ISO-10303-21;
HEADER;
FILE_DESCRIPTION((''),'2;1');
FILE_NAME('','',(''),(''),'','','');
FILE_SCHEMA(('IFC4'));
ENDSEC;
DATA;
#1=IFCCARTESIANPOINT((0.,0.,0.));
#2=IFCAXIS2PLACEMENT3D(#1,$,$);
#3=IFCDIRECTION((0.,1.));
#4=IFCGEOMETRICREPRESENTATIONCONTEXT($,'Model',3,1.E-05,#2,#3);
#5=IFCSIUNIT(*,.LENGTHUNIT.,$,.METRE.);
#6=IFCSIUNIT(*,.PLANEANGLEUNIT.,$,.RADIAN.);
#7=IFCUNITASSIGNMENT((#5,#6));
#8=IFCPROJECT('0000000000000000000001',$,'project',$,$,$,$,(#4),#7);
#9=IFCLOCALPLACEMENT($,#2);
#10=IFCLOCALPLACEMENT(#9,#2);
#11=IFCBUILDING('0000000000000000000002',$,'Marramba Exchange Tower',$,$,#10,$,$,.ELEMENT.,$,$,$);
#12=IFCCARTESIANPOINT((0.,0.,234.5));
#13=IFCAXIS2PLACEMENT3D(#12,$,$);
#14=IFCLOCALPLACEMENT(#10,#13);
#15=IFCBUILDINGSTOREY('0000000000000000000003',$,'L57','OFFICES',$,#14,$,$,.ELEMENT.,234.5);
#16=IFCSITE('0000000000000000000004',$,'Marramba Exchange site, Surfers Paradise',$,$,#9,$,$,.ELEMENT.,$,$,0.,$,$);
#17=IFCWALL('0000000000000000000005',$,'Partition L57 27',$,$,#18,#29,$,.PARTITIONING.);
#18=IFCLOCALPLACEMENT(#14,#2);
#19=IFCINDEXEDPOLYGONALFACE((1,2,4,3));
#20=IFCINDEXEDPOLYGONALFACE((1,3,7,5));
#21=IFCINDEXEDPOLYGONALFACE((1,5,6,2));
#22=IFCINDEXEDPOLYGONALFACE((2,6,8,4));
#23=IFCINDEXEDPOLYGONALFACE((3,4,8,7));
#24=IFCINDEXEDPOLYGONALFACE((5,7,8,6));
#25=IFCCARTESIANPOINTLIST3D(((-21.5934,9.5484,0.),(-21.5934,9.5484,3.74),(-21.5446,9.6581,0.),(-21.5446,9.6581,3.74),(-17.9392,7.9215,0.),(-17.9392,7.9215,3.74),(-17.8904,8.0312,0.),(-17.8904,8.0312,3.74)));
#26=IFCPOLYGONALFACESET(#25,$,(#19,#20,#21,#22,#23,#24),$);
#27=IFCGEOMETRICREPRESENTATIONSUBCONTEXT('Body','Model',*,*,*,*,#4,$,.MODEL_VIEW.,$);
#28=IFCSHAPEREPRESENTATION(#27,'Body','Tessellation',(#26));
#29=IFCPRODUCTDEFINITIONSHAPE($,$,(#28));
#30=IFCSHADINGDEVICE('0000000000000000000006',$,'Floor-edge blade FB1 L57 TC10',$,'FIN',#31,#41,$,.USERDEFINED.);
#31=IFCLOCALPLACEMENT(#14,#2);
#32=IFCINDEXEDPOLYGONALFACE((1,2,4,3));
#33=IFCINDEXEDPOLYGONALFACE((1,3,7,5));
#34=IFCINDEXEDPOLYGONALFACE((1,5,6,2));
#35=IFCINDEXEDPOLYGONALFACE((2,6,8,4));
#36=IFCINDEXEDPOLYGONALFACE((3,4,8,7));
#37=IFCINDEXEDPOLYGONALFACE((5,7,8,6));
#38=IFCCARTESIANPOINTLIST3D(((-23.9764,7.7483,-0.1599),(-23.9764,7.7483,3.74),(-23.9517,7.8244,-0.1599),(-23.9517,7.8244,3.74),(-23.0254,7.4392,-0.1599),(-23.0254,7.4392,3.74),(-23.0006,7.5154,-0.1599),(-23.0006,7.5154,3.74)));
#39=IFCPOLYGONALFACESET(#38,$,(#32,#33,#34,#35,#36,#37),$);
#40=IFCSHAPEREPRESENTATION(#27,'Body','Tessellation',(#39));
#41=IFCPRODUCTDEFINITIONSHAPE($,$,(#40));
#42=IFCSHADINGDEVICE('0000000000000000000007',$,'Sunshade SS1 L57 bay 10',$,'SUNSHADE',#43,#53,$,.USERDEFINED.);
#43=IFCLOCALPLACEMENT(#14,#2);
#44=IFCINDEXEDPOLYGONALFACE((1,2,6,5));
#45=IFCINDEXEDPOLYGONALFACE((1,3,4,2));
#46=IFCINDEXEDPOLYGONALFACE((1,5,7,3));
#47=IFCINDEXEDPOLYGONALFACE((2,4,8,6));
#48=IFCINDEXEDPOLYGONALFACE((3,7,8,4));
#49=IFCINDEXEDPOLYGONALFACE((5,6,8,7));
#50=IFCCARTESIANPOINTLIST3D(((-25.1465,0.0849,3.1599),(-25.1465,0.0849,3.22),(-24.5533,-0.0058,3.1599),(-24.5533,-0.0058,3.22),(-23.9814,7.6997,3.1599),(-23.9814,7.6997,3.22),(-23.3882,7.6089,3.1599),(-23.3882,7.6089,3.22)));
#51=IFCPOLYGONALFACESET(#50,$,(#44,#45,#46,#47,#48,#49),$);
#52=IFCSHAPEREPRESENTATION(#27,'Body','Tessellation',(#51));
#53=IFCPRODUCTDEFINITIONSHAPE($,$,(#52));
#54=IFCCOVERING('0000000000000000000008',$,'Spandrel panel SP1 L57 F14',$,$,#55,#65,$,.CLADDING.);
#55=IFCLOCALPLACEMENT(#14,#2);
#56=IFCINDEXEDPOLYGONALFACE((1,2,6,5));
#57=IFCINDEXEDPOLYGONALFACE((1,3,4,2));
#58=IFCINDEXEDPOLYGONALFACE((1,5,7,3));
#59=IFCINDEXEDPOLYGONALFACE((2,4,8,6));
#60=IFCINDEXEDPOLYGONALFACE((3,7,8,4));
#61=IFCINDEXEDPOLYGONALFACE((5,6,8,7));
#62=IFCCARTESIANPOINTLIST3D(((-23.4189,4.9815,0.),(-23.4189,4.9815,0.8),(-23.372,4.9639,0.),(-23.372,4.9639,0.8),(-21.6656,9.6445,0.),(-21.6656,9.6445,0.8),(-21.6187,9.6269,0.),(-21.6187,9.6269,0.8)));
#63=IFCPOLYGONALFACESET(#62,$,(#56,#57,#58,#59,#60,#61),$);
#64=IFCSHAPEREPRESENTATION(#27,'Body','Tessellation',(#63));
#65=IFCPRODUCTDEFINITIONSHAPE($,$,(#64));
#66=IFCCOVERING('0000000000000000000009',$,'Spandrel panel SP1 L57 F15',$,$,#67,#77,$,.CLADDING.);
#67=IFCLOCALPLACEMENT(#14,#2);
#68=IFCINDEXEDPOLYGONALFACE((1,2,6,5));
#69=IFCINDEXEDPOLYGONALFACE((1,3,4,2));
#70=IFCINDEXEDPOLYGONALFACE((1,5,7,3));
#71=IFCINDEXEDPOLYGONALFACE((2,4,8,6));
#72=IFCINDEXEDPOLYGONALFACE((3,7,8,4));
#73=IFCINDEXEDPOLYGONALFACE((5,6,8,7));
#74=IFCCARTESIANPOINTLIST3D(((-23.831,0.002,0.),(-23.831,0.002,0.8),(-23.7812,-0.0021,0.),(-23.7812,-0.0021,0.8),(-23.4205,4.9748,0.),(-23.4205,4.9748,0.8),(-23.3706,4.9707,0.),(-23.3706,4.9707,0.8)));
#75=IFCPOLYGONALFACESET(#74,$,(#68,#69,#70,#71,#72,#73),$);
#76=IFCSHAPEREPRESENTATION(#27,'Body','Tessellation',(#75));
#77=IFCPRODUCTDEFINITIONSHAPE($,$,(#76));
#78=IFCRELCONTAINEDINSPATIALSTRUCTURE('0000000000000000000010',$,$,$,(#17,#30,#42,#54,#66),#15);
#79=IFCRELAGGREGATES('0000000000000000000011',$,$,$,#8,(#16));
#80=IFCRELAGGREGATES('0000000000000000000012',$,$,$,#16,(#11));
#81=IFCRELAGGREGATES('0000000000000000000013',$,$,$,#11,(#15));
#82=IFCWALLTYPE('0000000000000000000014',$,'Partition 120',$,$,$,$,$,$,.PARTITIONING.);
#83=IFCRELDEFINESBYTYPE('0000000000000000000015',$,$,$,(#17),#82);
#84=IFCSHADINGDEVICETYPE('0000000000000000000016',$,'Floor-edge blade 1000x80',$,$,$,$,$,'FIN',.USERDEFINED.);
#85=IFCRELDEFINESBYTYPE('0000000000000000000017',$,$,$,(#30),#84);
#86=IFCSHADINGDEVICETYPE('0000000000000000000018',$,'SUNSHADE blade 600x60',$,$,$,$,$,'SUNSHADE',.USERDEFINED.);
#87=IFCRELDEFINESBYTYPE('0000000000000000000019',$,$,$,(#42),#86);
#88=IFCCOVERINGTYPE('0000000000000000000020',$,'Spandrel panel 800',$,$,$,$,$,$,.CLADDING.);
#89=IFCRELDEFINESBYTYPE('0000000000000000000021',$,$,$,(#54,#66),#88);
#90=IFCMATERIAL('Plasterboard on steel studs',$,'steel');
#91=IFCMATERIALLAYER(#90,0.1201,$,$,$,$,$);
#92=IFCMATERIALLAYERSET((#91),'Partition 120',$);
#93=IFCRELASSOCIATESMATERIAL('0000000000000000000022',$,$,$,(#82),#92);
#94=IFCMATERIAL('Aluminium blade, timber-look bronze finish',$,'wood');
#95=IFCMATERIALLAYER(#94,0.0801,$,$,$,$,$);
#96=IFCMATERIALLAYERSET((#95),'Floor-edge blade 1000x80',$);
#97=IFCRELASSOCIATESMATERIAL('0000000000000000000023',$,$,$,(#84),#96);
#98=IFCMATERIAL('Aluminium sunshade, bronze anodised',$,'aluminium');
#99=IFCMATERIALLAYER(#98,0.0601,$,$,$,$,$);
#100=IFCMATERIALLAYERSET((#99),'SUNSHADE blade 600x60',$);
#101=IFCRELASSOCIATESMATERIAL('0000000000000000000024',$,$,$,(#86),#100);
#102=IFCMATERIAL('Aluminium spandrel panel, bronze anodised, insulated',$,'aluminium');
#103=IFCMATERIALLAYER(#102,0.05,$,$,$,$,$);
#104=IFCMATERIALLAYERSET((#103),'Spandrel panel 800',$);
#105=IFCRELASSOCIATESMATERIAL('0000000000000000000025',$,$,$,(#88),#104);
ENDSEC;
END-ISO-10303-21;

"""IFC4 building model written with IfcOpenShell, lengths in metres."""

from ifc_helpers import new_model, si_unit, direction, frame, frame_2d, origin, origin_2d, place, context, subcontext, project, spatial, rectangle, extrude, material, layer, layer_set, type_object, element, save


model = new_model("IFC4")

# Units and contexts
model_context = context("Model", 3, precision=1e-05, world=origin(), true_north=direction((0.0, 1.0)))
body_context = subcontext(model_context, "Body", "Model", "MODEL_VIEW")
ifc_project = project(units=[si_unit("LENGTHUNIT", "METRE"), si_unit("PLANEANGLEUNIT", "RADIAN")], contexts=[model_context])

# Site, building, storey
site_placement = place(None, origin())
site = spatial("IfcSite", under=ifc_project, at=site_placement, Name="Marramba Exchange site, Surfers Paradise", CompositionType="ELEMENT", RefElevation=0.0)
building_placement = place(site_placement, origin())
building = spatial("IfcBuilding", under=site, at=building_placement, Name="Marramba Exchange Tower", CompositionType="ELEMENT")
storey_placement = place(building_placement, frame((0.0, 0.0, 234.5)))
storey = spatial("IfcBuildingStorey", under=building, at=storey_placement, Name="L57", Description="OFFICES", CompositionType="ELEMENT", Elevation=234.5)

# Wall
ifc_material_1 = material(Name="Plasterboard on steel studs", Category="steel")
ifc_layer_1 = layer(ifc_material_1, 0.1201)
ifc_layer_set_1 = layer_set([ifc_layer_1], Name="Partition 120")
wall_type_1 = type_object("IfcWallType", Name="Partition 120", PredefinedType="PARTITIONING", material=ifc_layer_set_1)
wall_1_placement = place(storey_placement, frame((-17.9148, 7.9763, 0.0), z_axis=(0.0, 0.0, 1.0), x_axis=(-0.91355, 0.406727, 0.0)))
element("IfcWall", 1, at=wall_1_placement, inside=storey, type_object=wall_type_1, Name="Partition L57 27", PredefinedType="PARTITIONING", context=body_context, shape_type="SweptSolid", body=[
    extrude(rectangle(XDim=4.0, YDim=0.1201, at=frame_2d((2.0, 0.0))), origin(), (0.0, 0.0, 1.0), 3.74),
])

# Shading devices
ifc_material_2 = material(Name="Aluminium blade, timber-look bronze finish", Category="wood")
ifc_layer_2 = layer(ifc_material_2, 0.0801)
ifc_layer_set_2 = layer_set([ifc_layer_2], Name="Floor-edge blade 1000x80")
shading_device_type_1 = type_object("IfcShadingDeviceType", Name="Floor-edge blade 1000x80", ElementType="FIN", PredefinedType="USERDEFINED", material=ifc_layer_set_2)
shading_device_1_placement = place(storey_placement, frame((-23.4885, 7.6318, -0.1599), z_axis=(0.0, 0.0, 1.0), x_axis=(-0.951057, 0.309017, 0.0)))
element("IfcShadingDevice", 2, at=shading_device_1_placement, inside=storey, type_object=shading_device_type_1, Name="Floor-edge blade FB1 L57 TC10", ObjectType="FIN", PredefinedType="USERDEFINED", context=body_context, shape_type="SweptSolid", body=[
    extrude(rectangle(XDim=1.0, YDim=0.0801, at=origin_2d()), origin(), (0.0, 0.0, 1.0), 3.8999),
])
ifc_material_3 = material(Name="Aluminium sunshade, bronze anodised", Category="aluminium")
ifc_layer_3 = layer(ifc_material_3, 0.0601)
ifc_layer_set_3 = layer_set([ifc_layer_3], Name="SUNSHADE blade 600x60")
shading_device_type_2 = type_object("IfcShadingDeviceType", Name="SUNSHADE blade 600x60", ElementType="SUNSHADE", PredefinedType="USERDEFINED", material=ifc_layer_set_3)
shading_device_2_placement = place(storey_placement, frame((-24.2673, 3.8469, 3.1599), z_axis=(0.0, 0.0, 1.0), x_axis=(-0.151241, -0.988497, 0.0)))
element("IfcShadingDevice", 3, at=shading_device_2_placement, inside=storey, type_object=shading_device_type_2, Name="Sunshade SS1 L57 bay 10", ObjectType="SUNSHADE", PredefinedType="USERDEFINED", context=body_context, shape_type="SweptSolid", body=[
    extrude(rectangle(XDim=7.7034, YDim=0.6001, at=origin_2d()), origin(), (0.0, 0.0, 1.0), 0.0601),
])

# Coverings
ifc_material_4 = material(Name="Aluminium spandrel panel, bronze anodised, insulated", Category="aluminium")
ifc_layer_4 = layer(ifc_material_4, 0.05)
ifc_layer_set_4 = layer_set([ifc_layer_4], Name="Spandrel panel 800")
covering_type = type_object("IfcCoveringType", Name="Spandrel panel 800", PredefinedType="CLADDING", material=ifc_layer_set_4)
covering_1_placement = place(storey_placement, frame((-22.5188, 7.3042, 0.0), z_axis=(0.0, 0.0, 1.0), x_axis=(-0.351952, -0.936018, 0.0)))
element("IfcCovering", 4, at=covering_1_placement, inside=storey, type_object=covering_type, Name="Spandrel panel SP1 L57 F14", PredefinedType="CLADDING", context=body_context, shape_type="SweptSolid", body=[
    extrude(rectangle(XDim=4.9817, YDim=0.05, at=origin_2d()), origin(), (0.0, 0.0, 1.0), 0.8),
])
covering_2_placement = place(storey_placement, frame((-23.6008, 2.4863, 0.0), z_axis=(0.0, 0.0, 1.0), x_axis=(-0.082281, -0.996609, 0.0)))
element("IfcCovering", 5, at=covering_2_placement, inside=storey, type_object=covering_type, Name="Spandrel panel SP1 L57 F15", PredefinedType="CLADDING", context=body_context, shape_type="SweptSolid", body=[
    extrude(rectangle(XDim=4.9897, YDim=0.05, at=origin_2d()), origin(), (0.0, 0.0, 1.0), 0.8),
])

save(model, "model.ifc")
